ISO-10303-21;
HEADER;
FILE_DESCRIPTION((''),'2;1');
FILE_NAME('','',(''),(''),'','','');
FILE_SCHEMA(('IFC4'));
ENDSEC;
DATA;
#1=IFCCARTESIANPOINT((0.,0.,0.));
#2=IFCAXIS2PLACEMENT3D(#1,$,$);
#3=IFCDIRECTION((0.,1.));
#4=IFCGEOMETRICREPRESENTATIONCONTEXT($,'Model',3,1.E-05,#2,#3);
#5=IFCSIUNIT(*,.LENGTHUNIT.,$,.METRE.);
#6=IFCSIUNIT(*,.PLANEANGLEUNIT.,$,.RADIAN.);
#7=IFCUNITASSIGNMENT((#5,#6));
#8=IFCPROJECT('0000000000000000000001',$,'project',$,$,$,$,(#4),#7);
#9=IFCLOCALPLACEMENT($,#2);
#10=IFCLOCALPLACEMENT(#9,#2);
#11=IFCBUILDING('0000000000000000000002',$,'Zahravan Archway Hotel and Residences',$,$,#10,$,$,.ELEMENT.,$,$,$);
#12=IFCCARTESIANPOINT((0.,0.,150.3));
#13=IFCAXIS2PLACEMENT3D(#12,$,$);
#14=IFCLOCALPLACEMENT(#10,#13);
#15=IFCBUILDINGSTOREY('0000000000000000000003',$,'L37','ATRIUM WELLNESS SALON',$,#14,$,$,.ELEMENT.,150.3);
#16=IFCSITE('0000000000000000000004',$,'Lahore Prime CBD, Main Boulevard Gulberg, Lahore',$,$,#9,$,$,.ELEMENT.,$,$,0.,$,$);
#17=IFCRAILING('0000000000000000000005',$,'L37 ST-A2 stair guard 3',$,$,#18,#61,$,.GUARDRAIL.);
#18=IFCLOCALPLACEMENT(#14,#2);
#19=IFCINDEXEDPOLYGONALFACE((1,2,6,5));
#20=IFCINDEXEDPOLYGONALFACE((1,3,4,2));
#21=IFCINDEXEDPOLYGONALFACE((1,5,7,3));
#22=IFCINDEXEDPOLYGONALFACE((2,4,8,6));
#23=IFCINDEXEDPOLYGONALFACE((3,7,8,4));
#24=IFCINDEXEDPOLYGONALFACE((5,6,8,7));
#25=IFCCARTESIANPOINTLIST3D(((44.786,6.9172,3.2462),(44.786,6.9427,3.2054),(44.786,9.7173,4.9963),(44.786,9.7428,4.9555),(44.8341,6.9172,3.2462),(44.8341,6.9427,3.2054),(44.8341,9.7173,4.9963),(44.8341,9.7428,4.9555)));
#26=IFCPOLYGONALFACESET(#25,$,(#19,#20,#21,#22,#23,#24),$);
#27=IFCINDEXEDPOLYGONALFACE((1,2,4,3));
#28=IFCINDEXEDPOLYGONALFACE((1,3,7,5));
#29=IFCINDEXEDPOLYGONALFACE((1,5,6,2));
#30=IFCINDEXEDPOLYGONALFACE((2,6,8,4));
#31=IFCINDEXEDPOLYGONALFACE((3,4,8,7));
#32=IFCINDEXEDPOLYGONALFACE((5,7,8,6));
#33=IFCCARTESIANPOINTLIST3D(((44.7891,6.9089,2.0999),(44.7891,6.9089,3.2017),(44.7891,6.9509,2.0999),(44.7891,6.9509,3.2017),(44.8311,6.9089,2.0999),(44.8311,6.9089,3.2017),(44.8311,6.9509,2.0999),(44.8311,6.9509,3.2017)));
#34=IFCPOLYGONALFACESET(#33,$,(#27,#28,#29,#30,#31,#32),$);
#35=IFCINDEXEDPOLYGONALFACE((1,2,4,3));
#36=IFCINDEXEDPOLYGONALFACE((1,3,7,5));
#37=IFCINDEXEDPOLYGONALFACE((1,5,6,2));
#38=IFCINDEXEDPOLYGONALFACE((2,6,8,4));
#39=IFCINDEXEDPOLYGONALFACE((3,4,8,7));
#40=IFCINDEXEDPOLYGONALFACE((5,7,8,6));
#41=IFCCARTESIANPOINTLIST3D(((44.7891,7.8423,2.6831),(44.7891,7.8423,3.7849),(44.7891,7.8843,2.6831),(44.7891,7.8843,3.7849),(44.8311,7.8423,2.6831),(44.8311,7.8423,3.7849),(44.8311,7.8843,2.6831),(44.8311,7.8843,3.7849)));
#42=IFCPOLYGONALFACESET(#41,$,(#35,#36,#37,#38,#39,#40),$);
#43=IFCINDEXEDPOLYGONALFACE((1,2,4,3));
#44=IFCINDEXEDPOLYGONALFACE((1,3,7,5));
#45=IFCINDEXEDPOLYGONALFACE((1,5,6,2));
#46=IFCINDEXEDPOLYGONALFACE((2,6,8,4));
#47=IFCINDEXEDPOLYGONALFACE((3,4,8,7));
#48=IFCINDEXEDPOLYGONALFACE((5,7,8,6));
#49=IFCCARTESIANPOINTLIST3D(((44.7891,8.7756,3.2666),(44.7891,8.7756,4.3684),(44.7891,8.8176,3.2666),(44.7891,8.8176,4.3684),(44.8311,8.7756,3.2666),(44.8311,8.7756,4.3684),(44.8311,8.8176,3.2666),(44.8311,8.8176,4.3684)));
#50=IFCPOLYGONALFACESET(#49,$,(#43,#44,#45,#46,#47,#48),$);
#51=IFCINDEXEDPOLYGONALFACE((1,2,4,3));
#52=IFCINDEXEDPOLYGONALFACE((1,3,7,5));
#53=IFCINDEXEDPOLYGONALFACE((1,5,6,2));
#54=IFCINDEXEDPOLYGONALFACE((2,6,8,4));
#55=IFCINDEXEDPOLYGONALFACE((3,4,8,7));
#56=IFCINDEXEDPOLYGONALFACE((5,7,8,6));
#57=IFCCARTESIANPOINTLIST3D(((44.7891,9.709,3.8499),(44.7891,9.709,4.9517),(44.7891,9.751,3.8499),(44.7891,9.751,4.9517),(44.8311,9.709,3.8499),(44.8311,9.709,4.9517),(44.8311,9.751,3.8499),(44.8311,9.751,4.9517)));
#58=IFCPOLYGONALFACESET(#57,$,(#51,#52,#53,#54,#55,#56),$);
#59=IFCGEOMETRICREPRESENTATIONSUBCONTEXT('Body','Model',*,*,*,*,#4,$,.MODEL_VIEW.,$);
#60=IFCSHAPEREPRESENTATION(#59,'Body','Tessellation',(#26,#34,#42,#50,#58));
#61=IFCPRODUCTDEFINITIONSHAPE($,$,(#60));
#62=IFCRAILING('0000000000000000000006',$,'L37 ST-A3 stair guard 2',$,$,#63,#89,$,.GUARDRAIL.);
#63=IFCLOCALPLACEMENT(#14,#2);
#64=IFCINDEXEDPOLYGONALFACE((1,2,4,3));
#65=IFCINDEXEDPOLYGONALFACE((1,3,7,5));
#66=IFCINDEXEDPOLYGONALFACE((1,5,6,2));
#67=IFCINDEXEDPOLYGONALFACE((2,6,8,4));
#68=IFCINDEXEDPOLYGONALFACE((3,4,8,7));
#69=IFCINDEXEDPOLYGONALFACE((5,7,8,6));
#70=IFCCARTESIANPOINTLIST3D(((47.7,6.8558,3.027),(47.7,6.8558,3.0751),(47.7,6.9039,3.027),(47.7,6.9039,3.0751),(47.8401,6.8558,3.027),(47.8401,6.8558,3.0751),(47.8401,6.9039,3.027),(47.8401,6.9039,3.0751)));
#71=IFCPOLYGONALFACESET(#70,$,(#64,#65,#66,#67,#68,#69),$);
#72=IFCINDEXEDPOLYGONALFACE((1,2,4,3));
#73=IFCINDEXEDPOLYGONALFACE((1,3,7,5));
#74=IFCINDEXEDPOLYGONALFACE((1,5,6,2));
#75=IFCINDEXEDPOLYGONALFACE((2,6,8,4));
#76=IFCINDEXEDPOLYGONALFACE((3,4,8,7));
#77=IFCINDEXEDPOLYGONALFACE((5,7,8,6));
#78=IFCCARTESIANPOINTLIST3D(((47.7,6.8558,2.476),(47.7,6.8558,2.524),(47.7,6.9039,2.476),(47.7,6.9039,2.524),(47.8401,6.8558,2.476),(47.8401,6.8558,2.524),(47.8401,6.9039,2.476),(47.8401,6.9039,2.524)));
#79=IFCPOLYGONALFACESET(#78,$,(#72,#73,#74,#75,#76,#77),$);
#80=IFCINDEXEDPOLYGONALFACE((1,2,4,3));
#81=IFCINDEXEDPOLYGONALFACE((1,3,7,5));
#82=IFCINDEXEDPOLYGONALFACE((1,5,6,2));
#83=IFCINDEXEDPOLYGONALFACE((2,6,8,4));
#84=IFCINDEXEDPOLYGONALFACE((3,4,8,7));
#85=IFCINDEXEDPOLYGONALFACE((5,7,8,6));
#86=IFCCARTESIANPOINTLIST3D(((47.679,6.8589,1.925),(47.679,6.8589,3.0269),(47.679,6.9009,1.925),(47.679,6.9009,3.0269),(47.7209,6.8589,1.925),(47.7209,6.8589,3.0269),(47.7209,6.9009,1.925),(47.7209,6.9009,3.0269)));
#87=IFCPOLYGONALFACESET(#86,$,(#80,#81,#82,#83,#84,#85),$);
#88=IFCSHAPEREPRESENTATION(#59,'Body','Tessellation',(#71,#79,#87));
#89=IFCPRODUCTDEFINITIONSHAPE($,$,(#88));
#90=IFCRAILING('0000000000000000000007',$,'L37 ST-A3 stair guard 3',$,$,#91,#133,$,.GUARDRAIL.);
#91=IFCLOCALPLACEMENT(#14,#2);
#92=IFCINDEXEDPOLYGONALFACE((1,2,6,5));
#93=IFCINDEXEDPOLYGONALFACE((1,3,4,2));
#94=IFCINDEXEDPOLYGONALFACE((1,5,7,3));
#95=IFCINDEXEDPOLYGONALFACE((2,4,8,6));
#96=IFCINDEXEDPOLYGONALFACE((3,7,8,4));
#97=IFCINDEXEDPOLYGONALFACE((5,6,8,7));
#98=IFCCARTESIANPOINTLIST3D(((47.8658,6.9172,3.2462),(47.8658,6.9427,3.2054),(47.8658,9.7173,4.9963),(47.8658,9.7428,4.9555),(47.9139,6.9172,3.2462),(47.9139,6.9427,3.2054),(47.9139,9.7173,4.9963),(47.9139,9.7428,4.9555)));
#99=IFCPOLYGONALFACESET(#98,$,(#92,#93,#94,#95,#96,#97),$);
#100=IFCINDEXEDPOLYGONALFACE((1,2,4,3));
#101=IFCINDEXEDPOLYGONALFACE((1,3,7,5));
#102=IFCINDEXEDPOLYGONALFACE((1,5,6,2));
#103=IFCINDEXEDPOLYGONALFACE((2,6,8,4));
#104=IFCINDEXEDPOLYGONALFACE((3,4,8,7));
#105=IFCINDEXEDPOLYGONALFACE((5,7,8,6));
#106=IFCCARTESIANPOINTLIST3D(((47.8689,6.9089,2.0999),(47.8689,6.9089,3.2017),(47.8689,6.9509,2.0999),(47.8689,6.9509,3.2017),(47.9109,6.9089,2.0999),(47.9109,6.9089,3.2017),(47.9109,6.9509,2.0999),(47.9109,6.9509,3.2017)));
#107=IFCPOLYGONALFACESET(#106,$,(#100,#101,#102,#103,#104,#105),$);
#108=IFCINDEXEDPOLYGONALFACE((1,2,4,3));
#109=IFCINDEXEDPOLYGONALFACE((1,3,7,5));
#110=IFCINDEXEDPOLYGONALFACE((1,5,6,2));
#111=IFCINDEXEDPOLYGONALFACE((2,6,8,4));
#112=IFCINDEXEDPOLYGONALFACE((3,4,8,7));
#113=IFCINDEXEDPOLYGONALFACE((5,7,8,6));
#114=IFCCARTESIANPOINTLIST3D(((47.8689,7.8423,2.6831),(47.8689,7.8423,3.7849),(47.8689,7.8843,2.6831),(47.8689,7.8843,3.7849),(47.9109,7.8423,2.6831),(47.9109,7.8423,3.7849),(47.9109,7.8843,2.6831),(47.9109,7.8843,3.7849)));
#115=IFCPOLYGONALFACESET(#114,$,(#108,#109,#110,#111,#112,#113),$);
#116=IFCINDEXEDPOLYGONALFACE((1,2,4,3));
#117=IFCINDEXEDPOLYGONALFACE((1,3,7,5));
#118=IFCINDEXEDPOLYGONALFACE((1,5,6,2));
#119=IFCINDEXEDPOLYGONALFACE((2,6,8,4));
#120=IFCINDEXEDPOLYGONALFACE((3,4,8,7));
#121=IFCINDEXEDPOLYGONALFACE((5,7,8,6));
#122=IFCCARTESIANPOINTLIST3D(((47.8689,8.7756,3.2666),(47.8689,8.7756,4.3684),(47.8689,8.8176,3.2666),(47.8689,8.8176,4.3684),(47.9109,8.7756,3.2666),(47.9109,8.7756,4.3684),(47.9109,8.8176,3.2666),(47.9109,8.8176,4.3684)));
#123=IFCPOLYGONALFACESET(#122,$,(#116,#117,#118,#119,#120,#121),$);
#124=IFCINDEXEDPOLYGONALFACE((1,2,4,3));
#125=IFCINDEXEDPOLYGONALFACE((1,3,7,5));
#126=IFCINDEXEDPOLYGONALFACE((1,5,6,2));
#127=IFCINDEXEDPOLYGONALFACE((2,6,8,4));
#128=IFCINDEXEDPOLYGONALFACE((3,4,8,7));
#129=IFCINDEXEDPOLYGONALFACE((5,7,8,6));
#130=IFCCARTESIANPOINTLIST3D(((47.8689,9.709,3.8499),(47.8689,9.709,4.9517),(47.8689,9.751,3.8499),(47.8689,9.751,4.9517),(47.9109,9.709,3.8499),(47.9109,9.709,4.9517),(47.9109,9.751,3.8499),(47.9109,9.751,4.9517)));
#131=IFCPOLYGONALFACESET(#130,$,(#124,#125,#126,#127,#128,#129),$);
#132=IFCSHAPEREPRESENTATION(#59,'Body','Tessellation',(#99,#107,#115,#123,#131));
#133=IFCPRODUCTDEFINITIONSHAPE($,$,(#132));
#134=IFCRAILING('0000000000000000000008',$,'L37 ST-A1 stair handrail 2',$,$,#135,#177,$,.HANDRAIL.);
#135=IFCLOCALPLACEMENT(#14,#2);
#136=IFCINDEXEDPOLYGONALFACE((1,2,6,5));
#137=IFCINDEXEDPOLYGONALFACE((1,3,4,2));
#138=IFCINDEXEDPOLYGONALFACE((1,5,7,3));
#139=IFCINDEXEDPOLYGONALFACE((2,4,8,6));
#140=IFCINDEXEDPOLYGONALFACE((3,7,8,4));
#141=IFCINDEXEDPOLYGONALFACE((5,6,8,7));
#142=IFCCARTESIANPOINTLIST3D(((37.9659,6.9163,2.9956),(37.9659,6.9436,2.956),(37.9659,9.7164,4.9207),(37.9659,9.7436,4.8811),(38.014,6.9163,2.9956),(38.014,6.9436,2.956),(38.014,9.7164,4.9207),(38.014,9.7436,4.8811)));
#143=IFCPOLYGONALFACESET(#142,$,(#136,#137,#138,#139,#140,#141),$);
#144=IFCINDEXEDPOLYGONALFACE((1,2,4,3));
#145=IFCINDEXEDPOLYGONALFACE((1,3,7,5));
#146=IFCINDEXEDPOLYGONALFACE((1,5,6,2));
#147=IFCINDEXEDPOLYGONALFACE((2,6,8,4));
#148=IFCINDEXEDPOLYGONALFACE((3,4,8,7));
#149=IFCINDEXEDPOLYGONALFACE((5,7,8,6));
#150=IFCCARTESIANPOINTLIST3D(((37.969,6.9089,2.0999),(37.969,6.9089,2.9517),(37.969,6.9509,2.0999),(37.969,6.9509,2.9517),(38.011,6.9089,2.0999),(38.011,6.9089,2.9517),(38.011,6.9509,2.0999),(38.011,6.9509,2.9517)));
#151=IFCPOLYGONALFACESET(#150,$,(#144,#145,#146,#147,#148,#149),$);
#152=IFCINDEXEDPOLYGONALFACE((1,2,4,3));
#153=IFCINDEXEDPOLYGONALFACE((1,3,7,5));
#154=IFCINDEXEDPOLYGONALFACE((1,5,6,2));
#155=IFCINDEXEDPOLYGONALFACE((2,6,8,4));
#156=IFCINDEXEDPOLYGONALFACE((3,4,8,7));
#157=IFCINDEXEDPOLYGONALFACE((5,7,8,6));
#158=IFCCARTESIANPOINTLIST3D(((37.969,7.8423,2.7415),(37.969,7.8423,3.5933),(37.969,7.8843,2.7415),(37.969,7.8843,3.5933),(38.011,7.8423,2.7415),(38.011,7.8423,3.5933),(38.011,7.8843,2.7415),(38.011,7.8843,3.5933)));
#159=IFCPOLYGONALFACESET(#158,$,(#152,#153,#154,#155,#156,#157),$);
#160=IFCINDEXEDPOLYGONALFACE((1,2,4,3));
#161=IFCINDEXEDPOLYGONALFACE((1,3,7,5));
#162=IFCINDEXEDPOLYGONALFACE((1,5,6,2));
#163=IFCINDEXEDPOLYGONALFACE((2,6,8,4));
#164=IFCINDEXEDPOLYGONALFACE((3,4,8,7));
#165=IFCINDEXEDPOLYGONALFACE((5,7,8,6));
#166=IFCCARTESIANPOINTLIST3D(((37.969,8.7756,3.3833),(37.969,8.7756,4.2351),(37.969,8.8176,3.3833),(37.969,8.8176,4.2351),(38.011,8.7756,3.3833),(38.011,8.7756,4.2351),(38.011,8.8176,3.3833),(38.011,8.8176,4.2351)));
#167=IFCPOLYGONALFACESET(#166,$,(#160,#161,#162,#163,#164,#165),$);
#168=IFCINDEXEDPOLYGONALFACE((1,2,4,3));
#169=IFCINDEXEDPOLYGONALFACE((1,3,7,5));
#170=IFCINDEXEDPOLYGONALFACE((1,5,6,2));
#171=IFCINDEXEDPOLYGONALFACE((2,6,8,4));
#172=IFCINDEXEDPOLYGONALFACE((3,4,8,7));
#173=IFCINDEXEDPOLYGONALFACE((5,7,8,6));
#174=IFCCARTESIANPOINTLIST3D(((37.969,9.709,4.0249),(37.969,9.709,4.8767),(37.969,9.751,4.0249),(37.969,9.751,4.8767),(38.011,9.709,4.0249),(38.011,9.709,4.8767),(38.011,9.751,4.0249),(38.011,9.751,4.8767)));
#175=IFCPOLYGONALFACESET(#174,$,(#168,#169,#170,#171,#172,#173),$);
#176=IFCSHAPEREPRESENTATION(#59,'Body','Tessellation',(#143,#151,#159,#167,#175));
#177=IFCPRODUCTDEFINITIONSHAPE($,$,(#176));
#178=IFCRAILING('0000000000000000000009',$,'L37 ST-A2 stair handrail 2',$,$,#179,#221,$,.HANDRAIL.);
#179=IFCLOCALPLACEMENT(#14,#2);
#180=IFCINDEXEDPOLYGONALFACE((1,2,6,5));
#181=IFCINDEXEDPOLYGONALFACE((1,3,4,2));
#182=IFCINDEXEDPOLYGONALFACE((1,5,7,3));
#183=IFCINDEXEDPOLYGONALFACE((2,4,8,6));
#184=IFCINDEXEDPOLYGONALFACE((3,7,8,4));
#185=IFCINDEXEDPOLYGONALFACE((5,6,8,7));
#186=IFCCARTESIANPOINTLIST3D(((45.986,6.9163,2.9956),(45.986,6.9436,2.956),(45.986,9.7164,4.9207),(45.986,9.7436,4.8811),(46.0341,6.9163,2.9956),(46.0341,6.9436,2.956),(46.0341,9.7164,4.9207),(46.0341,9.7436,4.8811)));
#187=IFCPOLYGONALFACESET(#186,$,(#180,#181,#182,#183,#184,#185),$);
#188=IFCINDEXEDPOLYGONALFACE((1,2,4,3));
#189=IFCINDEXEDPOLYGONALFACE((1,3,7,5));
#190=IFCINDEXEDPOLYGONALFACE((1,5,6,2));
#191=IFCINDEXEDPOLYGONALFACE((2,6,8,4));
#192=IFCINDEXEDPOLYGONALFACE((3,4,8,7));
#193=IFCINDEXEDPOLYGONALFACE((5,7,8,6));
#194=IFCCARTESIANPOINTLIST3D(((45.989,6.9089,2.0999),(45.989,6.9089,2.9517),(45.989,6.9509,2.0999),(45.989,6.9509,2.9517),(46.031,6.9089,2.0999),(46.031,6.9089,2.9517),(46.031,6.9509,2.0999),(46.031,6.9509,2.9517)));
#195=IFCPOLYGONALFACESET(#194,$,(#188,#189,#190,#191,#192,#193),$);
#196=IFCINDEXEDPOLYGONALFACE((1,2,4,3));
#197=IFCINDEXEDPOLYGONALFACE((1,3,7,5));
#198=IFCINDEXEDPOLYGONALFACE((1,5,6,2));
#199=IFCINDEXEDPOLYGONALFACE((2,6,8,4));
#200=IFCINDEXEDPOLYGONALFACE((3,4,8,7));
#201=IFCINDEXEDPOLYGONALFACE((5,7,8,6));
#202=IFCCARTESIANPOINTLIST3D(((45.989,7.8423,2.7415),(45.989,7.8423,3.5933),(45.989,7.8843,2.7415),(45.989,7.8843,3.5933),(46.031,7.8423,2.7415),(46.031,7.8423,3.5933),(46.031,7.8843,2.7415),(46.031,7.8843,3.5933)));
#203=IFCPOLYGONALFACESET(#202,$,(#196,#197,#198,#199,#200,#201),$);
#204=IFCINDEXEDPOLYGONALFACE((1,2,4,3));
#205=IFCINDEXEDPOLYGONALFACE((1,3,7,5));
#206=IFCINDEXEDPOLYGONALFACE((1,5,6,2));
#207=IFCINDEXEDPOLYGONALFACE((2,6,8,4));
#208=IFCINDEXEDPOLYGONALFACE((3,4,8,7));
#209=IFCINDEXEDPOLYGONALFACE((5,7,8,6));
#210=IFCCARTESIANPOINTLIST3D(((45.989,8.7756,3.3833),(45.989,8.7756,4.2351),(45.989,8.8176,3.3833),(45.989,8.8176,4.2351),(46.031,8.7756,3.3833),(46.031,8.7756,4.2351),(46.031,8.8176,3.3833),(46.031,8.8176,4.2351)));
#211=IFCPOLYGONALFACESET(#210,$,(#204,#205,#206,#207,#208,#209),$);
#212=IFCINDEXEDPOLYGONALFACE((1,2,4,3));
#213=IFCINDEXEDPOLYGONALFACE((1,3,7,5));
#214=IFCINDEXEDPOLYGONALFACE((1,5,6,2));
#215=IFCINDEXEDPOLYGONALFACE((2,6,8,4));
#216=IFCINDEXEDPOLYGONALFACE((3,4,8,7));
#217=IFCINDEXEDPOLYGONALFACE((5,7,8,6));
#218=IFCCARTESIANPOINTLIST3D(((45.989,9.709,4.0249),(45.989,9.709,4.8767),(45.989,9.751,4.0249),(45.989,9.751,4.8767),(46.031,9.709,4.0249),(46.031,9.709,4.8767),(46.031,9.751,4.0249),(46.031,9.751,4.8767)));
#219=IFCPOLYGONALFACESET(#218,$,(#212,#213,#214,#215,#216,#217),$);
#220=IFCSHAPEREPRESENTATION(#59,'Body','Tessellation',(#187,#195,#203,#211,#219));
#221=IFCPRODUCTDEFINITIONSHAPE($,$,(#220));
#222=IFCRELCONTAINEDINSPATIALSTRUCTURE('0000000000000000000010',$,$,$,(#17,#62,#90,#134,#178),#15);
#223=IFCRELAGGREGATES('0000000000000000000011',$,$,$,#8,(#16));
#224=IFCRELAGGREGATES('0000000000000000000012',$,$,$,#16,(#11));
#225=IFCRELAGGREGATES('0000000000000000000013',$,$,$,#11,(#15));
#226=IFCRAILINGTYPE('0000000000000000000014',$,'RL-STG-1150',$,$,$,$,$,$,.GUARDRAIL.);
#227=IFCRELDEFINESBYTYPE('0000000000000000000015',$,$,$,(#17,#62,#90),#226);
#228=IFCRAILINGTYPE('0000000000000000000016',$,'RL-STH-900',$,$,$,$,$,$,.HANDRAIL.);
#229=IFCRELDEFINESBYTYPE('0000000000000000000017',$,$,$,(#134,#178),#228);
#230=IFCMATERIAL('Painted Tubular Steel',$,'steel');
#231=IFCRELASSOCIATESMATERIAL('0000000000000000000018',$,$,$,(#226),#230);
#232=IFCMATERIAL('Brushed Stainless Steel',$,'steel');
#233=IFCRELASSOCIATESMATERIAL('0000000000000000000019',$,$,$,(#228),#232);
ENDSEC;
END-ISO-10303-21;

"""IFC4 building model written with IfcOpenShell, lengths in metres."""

from ifc_helpers import new_model, si_unit, direction, frame, origin, origin_2d, place, context, subcontext, project, spatial, rectangle, extrude, material, type_object, element, save


model = new_model("IFC4")

# Units and contexts
model_context = context("Model", 3, precision=1e-05, world=origin(), true_north=direction((0.0, 1.0)))
body_context = subcontext(model_context, "Body", "Model", "MODEL_VIEW")
ifc_project = project(units=[si_unit("LENGTHUNIT", "METRE"), si_unit("PLANEANGLEUNIT", "RADIAN")], contexts=[model_context])

# Site, building, storey
site_placement = place(None, origin())
site = spatial("IfcSite", under=ifc_project, at=site_placement, Name="Lahore Prime CBD, Main Boulevard Gulberg, Lahore", CompositionType="ELEMENT", RefElevation=0.0)
building_placement = place(site_placement, origin())
building = spatial("IfcBuilding", under=site, at=building_placement, Name="Zahravan Archway Hotel and Residences", CompositionType="ELEMENT")
storey_placement = place(building_placement, frame((0.0, 0.0, 150.3)))
storey = spatial("IfcBuildingStorey", under=building, at=storey_placement, Name="L37", Description="ATRIUM WELLNESS SALON", CompositionType="ELEMENT", Elevation=150.3)

# Railings
ifc_material_1 = material(Name="Painted Tubular Steel", Category="steel")
railing_type_1 = type_object("IfcRailingType", Name="RL-STG-1150", PredefinedType="GUARDRAIL", material=ifc_material_1)
railing_1_placement = place(storey_placement, frame((44.8101, 6.9299, 2.0999)))
element("IfcRailing", 1, at=railing_1_placement, inside=storey, type_object=railing_type_1, Name="L37 ST-A2 stair guard 3", PredefinedType="GUARDRAIL", context=body_context, shape_type="SweptSolid", body=[
    extrude(rectangle(XDim=0.0481, YDim=0.0481, at=origin_2d()), frame((0.0, 0.0, 1.126), z_axis=(0.0, 0.848002, 0.529992), x_axis=(-1.0, 0.0, 0.0)), (0.0, 0.0, 1.0), 3.302),
    extrude(rectangle(XDim=0.042, YDim=0.042, at=origin_2d()), origin(), (0.0, 0.0, 1.0), 1.1018),
    extrude(rectangle(XDim=0.042, YDim=0.042, at=origin_2d()), frame((0.0, 0.9333, 0.5833)), (0.0, 0.0, 1.0), 1.1018),
    extrude(rectangle(XDim=0.042, YDim=0.042, at=origin_2d()), frame((0.0, 1.8667, 1.1667)), (0.0, 0.0, 1.0), 1.1018),
    extrude(rectangle(XDim=0.042, YDim=0.042, at=origin_2d()), frame((0.0, 2.8, 1.75)), (0.0, 0.0, 1.0), 1.1018),
])
railing_2_placement = place(storey_placement, frame((47.7, 6.8799, 1.925)))
element("IfcRailing", 2, at=railing_2_placement, inside=storey, type_object=railing_type_1, Name="L37 ST-A3 stair guard 2", PredefinedType="GUARDRAIL", context=body_context, shape_type="SweptSolid", body=[
    extrude(rectangle(XDim=0.0481, YDim=0.0481, at=origin_2d()), frame((0.0, 0.0, 1.126), z_axis=(1.0, 0.0, 0.0), x_axis=(0.0, 1.0, 0.0)), (0.0, 0.0, 1.0), 0.1401),
    extrude(rectangle(XDim=0.0481, YDim=0.0481, at=origin_2d()), frame((0.0, 0.0, 0.575), z_axis=(1.0, 0.0, 0.0), x_axis=(0.0, 1.0, 0.0)), (0.0, 0.0, 1.0), 0.1401),
    extrude(rectangle(XDim=0.042, YDim=0.042, at=origin_2d()), origin(), (0.0, 0.0, 1.0), 1.1018),
])
railing_3_placement = place(storey_placement, frame((47.8899, 6.9299, 2.0999)))
element("IfcRailing", 3, at=railing_3_placement, inside=storey, type_object=railing_type_1, Name="L37 ST-A3 stair guard 3", PredefinedType="GUARDRAIL", context=body_context, shape_type="SweptSolid", body=[
    extrude(rectangle(XDim=0.0481, YDim=0.0481, at=origin_2d()), frame((0.0, 0.0, 1.126), z_axis=(0.0, 0.848002, 0.529992), x_axis=(-1.0, 0.0, 0.0)), (0.0, 0.0, 1.0), 3.302),
    extrude(rectangle(XDim=0.042, YDim=0.042, at=origin_2d()), origin(), (0.0, 0.0, 1.0), 1.1018),
    extrude(rectangle(XDim=0.042, YDim=0.042, at=origin_2d()), frame((0.0, 0.9333, 0.5833)), (0.0, 0.0, 1.0), 1.1018),
    extrude(rectangle(XDim=0.042, YDim=0.042, at=origin_2d()), frame((0.0, 1.8667, 1.1667)), (0.0, 0.0, 1.0), 1.1018),
    extrude(rectangle(XDim=0.042, YDim=0.042, at=origin_2d()), frame((0.0, 2.8, 1.75)), (0.0, 0.0, 1.0), 1.1018),
])
ifc_material_2 = material(Name="Brushed Stainless Steel", Category="steel")
railing_type_2 = type_object("IfcRailingType", Name="RL-STH-900", PredefinedType="HANDRAIL", material=ifc_material_2)
for number, where, name in (
    (4, (37.99, 6.9299, 2.0999), "L37 ST-A1 stair handrail 2"),
    (5, (46.01, 6.9299, 2.0999), "L37 ST-A2 stair handrail 2"),
):
    element("IfcRailing", number, at=place(storey_placement, frame(where)), inside=storey, type_object=railing_type_2, Name=name, PredefinedType="HANDRAIL", context=body_context, shape_type="SweptSolid", body=[
        extrude(rectangle(XDim=0.0481, YDim=0.0481, at=origin_2d()), frame((0.0, 0.0, 0.876), z_axis=(0.0, 0.82404, 0.566532), x_axis=(-1.0, 0.0, 0.0)), (0.0, 0.0, 1.0), 3.3979),
        extrude(rectangle(XDim=0.042, YDim=0.042, at=origin_2d()), origin(), (0.0, 0.0, 1.0), 0.8518),
        extrude(rectangle(XDim=0.042, YDim=0.042, at=origin_2d()), frame((0.0, 0.9333, 0.6416)), (0.0, 0.0, 1.0), 0.8518),
        extrude(rectangle(XDim=0.042, YDim=0.042, at=origin_2d()), frame((0.0, 1.8667, 1.2834)), (0.0, 0.0, 1.0), 0.8518),
        extrude(rectangle(XDim=0.042, YDim=0.042, at=origin_2d()), frame((0.0, 2.8, 1.925)), (0.0, 0.0, 1.0), 0.8518),
    ])

save(model, "model.ifc")
